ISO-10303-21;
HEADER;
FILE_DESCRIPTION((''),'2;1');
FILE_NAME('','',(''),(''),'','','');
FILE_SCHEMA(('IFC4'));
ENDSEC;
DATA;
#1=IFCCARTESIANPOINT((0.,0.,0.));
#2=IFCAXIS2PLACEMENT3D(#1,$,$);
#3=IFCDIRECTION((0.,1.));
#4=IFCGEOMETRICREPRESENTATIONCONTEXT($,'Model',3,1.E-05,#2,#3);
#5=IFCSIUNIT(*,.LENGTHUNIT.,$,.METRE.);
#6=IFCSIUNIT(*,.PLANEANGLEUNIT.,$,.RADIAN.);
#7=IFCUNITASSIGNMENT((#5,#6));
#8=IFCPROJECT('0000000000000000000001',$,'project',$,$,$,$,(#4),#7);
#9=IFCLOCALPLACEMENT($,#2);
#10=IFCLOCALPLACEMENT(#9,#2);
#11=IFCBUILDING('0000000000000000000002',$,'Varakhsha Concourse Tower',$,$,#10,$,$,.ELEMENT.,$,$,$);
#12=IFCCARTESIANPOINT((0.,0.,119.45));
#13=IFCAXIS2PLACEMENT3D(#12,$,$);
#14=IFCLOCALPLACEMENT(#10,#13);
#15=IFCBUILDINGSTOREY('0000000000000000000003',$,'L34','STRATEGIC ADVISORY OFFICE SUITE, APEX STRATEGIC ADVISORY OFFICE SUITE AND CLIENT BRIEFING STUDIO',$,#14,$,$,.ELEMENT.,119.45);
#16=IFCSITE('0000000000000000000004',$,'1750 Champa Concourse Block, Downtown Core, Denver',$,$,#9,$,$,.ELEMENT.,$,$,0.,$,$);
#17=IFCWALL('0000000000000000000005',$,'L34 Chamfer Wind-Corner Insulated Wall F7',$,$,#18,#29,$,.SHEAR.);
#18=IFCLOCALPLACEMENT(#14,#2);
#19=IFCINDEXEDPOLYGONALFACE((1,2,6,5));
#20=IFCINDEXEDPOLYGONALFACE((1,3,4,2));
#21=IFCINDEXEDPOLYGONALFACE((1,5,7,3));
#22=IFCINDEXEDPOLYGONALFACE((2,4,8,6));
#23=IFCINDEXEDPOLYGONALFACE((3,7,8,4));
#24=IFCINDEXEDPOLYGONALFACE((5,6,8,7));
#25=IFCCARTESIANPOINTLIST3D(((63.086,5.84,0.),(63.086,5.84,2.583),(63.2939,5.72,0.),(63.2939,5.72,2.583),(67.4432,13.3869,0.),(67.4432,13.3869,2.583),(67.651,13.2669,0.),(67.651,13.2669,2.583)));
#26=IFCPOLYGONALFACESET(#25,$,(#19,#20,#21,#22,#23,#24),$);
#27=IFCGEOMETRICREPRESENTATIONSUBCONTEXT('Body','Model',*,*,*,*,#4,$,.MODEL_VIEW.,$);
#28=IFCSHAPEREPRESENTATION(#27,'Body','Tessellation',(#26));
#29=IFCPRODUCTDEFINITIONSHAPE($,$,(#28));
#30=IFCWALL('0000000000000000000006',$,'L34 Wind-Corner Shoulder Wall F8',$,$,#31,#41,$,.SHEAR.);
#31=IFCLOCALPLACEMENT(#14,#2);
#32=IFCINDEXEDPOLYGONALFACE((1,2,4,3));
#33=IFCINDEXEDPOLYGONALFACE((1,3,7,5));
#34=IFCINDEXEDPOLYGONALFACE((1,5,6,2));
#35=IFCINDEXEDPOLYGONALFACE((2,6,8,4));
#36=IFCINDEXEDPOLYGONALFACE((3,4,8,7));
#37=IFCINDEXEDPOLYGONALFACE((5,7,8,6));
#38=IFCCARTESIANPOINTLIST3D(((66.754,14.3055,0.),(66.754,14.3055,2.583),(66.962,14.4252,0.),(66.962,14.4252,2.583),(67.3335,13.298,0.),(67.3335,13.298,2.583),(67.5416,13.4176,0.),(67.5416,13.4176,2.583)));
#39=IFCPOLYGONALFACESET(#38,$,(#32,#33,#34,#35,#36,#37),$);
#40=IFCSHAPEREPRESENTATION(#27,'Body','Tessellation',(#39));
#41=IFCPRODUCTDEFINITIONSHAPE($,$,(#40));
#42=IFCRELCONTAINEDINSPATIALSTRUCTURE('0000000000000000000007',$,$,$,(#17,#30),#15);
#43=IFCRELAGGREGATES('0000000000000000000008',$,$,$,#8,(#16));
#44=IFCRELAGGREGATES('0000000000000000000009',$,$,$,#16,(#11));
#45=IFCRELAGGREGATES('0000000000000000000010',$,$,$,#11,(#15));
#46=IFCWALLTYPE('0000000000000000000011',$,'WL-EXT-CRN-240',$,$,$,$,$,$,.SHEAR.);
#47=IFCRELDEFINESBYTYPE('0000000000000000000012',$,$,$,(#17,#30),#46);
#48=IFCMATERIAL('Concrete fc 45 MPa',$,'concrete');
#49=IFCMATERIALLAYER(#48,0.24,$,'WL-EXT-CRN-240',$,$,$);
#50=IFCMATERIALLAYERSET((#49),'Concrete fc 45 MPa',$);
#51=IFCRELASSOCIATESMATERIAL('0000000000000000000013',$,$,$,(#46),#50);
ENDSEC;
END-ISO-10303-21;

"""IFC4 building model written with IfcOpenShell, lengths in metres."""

from ifc_helpers import new_model, si_unit, direction, frame, frame_2d, origin, place, context, subcontext, project, spatial, rectangle, extrude, material, layer, layer_set, type_object, element, save


model = new_model("IFC4")

# Units and contexts
model_context = context("Model", 3, precision=1e-05, world=origin(), true_north=direction((0.0, 1.0)))
body_context = subcontext(model_context, "Body", "Model", "MODEL_VIEW")
ifc_project = project(units=[si_unit("LENGTHUNIT", "METRE"), si_unit("PLANEANGLEUNIT", "RADIAN")], contexts=[model_context])

# Site, building, storey
site_placement = place(None, origin())
site = spatial("IfcSite", under=ifc_project, at=site_placement, Name="1750 Champa Concourse Block, Downtown Core, Denver", CompositionType="ELEMENT", RefElevation=0.0)
building_placement = place(site_placement, origin())
building = spatial("IfcBuilding", under=site, at=building_placement, Name="Varakhsha Concourse Tower", CompositionType="ELEMENT")
storey_placement = place(building_placement, frame((0.0, 0.0, 119.45)))
storey = spatial("IfcBuildingStorey", under=building, at=storey_placement, Name="L34", Description="STRATEGIC ADVISORY OFFICE SUITE, APEX STRATEGIC ADVISORY OFFICE SUITE AND CLIENT BRIEFING STUDIO", CompositionType="ELEMENT", Elevation=119.45)

# Walls
ifc_material_1 = material(Name="Concrete fc 45 MPa", Category="concrete")
ifc_layer_1 = layer(ifc_material_1, 0.24, Name="WL-EXT-CRN-240")
ifc_layer_set_1 = layer_set([ifc_layer_1], Name="Concrete fc 45 MPa")
wall_type = type_object("IfcWallType", Name="WL-EXT-CRN-240", PredefinedType="SHEAR", material=ifc_layer_set_1)
wall_1_placement = place(storey_placement, frame((67.5471, 13.3269, 0.0), z_axis=(0.0, 0.0, 1.0), x_axis=(-0.499999, -0.866026, 0.0)))
element("IfcWall", 1, at=wall_1_placement, inside=storey, type_object=wall_type, Name="L34 Chamfer Wind-Corner Insulated Wall F7", PredefinedType="SHEAR", context=body_context, shape_type="SweptSolid", body=[
    extrude(rectangle(XDim=8.7144, YDim=0.24, at=frame_2d((4.3572, 0.0))), origin(), (0.0, 0.0, 1.0), 2.583),
])
wall_2_placement = place(storey_placement, frame((67.4375, 13.3579, 0.0), z_axis=(0.0, 0.0, 1.0), x_axis=(-0.498625, 0.866818, 0.0)))
element("IfcWall", 2, at=wall_2_placement, inside=storey, type_object=wall_type, Name="L34 Wind-Corner Shoulder Wall F8", PredefinedType="SHEAR", context=body_context, shape_type="SweptSolid", body=[
    extrude(rectangle(XDim=1.1624, YDim=0.24, at=frame_2d((0.5811, 0.0))), origin(), (0.0, 0.0, 1.0), 2.583),
])

save(model, "model.ifc")
